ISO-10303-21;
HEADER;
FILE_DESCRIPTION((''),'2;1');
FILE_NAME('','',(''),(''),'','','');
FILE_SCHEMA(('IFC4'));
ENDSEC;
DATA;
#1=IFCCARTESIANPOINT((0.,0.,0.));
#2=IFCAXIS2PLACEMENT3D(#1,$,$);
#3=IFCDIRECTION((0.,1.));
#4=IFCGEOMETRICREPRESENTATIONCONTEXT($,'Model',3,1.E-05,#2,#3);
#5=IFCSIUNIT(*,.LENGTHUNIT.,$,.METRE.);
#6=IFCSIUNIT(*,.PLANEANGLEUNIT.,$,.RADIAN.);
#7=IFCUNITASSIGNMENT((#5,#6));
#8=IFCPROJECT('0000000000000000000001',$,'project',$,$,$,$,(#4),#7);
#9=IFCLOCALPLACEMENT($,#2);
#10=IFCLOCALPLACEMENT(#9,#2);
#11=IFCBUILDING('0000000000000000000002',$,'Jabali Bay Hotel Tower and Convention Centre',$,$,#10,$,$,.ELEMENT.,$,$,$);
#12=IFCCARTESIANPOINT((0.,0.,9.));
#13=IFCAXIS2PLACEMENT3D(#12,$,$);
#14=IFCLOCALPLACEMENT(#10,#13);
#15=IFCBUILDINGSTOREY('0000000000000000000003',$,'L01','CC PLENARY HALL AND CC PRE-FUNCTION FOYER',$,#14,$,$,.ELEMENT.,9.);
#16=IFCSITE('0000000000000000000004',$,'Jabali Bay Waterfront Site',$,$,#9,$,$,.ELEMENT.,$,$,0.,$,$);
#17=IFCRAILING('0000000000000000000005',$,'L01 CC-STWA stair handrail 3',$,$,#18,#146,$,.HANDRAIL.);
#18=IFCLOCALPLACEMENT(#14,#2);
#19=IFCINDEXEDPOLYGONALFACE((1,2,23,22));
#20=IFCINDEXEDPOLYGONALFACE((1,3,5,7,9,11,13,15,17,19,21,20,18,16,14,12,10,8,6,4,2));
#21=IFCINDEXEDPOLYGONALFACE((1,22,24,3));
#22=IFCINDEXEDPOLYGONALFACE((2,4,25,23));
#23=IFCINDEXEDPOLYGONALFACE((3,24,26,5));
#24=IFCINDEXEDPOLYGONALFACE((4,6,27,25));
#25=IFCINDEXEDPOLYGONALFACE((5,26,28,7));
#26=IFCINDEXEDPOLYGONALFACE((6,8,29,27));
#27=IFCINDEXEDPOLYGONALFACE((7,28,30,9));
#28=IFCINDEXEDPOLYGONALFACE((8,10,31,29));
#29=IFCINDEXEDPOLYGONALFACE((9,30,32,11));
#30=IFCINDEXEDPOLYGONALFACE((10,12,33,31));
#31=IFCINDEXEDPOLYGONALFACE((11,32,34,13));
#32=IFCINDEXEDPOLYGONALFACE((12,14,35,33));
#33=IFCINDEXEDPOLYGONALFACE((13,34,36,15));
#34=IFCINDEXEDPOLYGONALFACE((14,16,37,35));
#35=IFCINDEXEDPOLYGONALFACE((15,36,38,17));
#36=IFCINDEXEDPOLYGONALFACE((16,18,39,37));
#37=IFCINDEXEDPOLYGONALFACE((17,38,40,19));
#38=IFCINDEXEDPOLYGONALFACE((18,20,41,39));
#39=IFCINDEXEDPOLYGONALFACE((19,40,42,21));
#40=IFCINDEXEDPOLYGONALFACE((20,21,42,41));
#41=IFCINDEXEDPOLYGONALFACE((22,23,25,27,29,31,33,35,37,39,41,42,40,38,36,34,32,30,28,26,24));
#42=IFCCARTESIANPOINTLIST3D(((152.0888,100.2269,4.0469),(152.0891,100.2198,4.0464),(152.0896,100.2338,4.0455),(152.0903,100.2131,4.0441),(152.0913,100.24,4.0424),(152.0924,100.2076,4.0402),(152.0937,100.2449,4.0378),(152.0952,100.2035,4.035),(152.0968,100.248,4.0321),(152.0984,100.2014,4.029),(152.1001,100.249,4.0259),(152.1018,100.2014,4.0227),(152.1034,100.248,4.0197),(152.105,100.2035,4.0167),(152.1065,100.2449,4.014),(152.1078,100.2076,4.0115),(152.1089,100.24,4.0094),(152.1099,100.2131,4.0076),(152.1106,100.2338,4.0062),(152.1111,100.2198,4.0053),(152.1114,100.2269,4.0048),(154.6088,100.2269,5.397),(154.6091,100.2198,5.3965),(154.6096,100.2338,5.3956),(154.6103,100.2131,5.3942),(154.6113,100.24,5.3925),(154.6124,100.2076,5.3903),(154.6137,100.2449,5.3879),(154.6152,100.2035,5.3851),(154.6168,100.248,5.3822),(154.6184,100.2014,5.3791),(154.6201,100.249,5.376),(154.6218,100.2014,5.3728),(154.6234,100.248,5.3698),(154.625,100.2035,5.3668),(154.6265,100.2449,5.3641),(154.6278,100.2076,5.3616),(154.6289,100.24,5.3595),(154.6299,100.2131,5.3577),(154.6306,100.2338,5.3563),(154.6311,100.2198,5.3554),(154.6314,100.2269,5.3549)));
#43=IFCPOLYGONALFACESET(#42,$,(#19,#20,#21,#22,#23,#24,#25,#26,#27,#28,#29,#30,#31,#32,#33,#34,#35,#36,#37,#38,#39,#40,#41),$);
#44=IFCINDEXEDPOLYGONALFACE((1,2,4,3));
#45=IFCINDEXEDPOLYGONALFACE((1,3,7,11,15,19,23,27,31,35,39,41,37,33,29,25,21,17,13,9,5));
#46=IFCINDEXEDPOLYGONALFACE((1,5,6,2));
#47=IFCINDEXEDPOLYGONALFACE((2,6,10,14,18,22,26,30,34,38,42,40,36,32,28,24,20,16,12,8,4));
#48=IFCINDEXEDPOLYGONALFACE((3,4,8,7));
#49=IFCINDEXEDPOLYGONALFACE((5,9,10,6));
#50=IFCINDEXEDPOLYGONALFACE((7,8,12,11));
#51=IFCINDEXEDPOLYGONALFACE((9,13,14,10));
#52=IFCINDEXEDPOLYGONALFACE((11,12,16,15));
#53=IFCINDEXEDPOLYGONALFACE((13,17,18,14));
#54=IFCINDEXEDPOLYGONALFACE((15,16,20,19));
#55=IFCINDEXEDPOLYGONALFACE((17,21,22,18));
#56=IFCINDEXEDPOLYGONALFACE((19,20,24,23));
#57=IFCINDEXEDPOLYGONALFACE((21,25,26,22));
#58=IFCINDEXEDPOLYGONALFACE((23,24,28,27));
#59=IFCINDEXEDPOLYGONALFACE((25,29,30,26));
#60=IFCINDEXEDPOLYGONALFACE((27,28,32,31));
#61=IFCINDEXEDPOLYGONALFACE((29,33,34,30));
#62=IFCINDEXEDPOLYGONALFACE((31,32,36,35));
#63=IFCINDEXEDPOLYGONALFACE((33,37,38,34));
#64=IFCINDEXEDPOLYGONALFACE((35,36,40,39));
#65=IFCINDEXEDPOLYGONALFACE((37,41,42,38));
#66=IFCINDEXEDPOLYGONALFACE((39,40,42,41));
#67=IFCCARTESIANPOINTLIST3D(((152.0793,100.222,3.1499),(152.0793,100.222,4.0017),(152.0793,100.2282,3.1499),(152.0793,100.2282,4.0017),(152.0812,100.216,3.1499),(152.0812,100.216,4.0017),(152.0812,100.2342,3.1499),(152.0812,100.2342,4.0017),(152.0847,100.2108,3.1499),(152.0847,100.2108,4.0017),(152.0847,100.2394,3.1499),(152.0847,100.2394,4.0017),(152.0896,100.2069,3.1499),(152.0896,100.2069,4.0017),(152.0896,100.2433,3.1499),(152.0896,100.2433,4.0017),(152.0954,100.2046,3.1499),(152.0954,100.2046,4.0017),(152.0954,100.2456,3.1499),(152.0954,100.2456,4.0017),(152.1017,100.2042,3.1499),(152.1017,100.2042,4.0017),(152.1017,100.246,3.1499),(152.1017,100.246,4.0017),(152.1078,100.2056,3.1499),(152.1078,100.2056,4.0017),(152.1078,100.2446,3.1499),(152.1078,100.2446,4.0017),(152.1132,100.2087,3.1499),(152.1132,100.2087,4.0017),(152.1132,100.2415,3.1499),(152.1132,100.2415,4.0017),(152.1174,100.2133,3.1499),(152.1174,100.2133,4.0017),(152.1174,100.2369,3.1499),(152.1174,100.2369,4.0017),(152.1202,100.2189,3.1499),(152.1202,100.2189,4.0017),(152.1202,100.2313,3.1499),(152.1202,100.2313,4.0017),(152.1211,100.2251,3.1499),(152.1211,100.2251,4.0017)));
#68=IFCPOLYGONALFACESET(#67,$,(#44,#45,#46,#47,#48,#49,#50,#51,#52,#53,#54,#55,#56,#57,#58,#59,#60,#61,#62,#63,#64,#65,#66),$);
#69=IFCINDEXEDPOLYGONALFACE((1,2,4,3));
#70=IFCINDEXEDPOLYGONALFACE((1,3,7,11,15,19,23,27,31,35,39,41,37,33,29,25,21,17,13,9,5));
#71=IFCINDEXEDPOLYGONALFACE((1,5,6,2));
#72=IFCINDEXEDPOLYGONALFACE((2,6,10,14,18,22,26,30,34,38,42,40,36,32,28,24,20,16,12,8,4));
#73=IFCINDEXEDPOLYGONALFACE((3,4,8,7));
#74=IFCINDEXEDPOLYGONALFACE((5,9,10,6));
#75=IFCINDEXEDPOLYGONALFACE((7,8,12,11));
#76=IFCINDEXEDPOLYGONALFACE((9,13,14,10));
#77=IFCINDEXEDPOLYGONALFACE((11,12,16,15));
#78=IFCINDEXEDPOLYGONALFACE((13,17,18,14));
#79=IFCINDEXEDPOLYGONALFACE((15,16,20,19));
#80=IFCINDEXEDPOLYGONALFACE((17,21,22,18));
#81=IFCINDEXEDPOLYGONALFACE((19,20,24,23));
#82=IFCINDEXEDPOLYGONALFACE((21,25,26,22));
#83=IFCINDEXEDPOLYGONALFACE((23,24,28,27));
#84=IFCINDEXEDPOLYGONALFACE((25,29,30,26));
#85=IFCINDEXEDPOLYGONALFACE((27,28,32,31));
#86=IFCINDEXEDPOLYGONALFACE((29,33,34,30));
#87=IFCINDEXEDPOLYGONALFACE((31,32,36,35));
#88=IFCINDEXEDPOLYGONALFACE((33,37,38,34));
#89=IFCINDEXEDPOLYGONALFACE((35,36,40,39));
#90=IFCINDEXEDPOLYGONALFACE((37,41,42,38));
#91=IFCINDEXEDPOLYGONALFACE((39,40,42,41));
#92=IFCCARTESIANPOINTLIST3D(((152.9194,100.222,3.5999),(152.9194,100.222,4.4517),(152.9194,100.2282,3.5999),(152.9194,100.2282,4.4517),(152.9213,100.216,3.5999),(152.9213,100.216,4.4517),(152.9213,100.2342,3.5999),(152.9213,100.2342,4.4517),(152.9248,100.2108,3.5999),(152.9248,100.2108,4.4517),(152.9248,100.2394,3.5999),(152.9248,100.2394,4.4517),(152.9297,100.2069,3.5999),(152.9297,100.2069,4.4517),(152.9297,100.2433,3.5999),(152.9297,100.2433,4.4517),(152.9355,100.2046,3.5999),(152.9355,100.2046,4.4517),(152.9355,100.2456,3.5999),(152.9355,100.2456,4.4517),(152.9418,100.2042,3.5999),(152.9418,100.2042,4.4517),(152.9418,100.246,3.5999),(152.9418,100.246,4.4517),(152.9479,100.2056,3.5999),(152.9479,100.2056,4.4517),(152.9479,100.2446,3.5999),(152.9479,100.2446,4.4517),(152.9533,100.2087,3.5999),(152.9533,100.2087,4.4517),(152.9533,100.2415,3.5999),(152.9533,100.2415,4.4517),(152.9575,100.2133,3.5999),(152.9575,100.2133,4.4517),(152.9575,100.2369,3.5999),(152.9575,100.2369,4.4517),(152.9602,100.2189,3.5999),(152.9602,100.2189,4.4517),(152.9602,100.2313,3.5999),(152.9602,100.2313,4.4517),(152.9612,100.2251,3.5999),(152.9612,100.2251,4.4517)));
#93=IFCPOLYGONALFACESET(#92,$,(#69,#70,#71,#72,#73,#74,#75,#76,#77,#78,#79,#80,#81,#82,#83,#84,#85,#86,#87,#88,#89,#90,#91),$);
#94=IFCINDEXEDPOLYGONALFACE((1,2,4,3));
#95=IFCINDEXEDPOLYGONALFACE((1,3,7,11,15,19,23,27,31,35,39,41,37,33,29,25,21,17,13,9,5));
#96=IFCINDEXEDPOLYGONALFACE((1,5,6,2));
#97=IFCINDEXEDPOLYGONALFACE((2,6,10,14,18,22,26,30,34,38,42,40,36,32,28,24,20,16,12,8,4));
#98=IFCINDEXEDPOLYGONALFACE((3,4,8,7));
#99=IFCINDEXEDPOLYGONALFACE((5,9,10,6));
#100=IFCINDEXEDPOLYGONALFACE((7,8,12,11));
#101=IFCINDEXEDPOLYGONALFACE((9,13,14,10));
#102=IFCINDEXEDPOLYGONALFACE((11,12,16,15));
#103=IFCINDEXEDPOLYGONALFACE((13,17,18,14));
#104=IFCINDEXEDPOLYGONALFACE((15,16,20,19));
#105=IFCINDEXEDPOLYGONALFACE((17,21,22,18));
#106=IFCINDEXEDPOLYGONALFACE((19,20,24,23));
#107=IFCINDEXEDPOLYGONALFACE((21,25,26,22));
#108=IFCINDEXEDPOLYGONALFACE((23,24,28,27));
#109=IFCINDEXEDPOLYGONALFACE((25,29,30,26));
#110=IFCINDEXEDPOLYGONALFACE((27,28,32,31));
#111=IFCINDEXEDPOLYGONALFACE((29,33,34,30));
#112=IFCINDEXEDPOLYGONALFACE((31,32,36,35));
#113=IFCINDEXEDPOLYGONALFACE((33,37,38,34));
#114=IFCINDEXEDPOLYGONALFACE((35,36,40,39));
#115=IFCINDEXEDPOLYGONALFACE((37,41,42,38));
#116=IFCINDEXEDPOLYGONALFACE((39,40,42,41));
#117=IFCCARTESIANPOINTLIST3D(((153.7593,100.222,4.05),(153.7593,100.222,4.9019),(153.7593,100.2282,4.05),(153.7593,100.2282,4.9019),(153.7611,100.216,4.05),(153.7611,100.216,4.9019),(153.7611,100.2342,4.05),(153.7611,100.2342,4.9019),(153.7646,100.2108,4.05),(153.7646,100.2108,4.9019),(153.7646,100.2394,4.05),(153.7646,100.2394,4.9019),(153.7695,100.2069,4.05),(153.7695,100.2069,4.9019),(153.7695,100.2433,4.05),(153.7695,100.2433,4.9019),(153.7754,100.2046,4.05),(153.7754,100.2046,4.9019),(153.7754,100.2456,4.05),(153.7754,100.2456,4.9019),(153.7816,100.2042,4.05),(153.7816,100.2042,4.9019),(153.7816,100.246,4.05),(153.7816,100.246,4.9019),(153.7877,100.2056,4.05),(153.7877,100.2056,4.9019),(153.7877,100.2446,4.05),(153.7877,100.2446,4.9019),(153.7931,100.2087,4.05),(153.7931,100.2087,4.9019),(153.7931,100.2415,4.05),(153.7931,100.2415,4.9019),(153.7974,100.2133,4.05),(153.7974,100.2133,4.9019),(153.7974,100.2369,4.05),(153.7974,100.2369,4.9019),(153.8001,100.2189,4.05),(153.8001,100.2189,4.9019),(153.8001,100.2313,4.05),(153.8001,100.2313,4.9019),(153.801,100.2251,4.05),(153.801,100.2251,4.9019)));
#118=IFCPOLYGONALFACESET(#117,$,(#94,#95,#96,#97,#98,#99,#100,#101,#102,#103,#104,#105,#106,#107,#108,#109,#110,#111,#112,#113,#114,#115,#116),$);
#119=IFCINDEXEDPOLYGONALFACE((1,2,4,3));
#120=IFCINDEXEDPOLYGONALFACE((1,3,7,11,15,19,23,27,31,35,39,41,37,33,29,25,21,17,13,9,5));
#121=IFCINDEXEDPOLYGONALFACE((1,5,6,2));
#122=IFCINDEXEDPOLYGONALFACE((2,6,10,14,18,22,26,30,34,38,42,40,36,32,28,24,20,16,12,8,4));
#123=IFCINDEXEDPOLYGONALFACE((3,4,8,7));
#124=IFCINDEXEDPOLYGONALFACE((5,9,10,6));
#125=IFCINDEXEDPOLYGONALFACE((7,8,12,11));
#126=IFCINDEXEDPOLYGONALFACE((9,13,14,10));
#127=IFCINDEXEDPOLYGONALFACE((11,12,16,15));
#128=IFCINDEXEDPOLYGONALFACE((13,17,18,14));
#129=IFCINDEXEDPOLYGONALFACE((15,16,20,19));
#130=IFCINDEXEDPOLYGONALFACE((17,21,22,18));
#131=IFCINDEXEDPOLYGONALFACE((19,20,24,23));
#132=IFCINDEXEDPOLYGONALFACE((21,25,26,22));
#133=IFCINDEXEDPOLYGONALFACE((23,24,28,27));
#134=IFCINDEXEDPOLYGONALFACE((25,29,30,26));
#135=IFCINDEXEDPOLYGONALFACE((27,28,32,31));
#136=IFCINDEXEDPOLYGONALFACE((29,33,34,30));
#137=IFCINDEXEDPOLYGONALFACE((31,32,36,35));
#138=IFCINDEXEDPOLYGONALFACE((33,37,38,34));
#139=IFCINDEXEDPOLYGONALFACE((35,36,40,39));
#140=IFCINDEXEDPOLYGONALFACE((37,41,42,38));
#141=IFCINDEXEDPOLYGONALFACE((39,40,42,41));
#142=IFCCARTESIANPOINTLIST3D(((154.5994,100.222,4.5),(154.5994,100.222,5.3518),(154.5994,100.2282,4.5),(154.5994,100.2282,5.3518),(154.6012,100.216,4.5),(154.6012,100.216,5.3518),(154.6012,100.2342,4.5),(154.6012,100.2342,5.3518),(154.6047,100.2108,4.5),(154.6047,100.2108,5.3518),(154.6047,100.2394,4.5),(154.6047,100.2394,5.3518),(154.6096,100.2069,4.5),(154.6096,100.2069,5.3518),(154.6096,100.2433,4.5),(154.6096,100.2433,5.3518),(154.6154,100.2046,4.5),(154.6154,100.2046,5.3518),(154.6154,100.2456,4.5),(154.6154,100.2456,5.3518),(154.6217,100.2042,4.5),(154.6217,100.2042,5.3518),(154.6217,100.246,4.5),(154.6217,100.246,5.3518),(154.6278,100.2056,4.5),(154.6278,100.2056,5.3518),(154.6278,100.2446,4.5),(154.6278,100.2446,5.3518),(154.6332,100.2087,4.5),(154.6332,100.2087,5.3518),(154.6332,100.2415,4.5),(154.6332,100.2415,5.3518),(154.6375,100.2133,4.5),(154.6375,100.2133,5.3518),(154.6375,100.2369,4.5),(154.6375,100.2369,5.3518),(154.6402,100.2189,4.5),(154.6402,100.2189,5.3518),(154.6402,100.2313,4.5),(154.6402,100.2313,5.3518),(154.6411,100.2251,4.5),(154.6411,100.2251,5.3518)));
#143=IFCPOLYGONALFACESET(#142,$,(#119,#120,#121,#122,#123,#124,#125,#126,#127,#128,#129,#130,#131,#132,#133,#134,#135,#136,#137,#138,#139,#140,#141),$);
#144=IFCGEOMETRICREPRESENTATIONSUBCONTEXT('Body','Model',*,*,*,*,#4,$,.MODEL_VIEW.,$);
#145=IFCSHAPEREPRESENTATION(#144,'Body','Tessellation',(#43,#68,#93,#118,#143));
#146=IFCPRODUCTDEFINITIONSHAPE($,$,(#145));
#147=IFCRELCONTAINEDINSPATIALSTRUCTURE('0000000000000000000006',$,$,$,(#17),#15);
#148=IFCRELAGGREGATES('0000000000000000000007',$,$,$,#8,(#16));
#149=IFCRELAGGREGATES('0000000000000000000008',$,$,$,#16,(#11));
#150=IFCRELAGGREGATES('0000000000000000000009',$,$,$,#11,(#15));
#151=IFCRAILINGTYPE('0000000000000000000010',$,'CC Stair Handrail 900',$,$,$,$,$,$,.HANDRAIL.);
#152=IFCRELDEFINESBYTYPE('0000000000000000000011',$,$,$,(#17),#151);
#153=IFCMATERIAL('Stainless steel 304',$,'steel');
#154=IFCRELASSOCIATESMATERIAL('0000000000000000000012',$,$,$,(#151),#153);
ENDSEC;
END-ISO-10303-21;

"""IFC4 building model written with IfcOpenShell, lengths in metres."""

from ifc_helpers import new_model, si_unit, direction, frame, origin, origin_2d, place, context, subcontext, project, spatial, circle, extrude, material, type_object, element, save


model = new_model("IFC4")

# Units and contexts
model_context = context("Model", 3, precision=1e-05, world=origin(), true_north=direction((0.0, 1.0)))
body_context = subcontext(model_context, "Body", "Model", "MODEL_VIEW")
ifc_project = project(units=[si_unit("LENGTHUNIT", "METRE"), si_unit("PLANEANGLEUNIT", "RADIAN")], contexts=[model_context])

# Site, building, storey
site_placement = place(None, origin())
site = spatial("IfcSite", under=ifc_project, at=site_placement, Name="Jabali Bay Waterfront Site", CompositionType="ELEMENT", RefElevation=0.0)
building_placement = place(site_placement, origin())
building = spatial("IfcBuilding", under=site, at=building_placement, Name="Jabali Bay Hotel Tower and Convention Centre", CompositionType="ELEMENT")
storey_placement = place(building_placement, frame((0.0, 0.0, 9.0)))
storey = spatial("IfcBuildingStorey", under=building, at=storey_placement, Name="L01", Description="CC PLENARY HALL AND CC PRE-FUNCTION FOYER", CompositionType="ELEMENT", Elevation=9.0)

# Railing
ifc_material_1 = material(Name="Stainless steel 304", Category="steel")
railing_type_1 = type_object("IfcRailingType", Name="CC Stair Handrail 900", PredefinedType="HANDRAIL", material=ifc_material_1)
for number, where, name in (
    (1, (152.1001, 100.2251, 3.1499), "L01 CC-STWA stair handrail 3"),
):
    element("IfcRailing", number, at=place(storey_placement, frame(where)), inside=storey, type_object=railing_type_1, Name=name, PredefinedType="HANDRAIL", context=body_context, shape_type="SweptSolid", body=[
        extrude(circle(Radius=0.0239, at=origin_2d()), frame((0.0, 0.0, 0.876), z_axis=(0.881467, 0.0, 0.472245), x_axis=(0.0, 1.0, 0.0)), (0.0, 0.0, 1.0), 2.8589),
        extrude(circle(Radius=0.021, at=origin_2d()), origin(), (0.0, 0.0, 1.0), 0.8518),
        extrude(circle(Radius=0.021, at=origin_2d()), frame((0.8401, 0.0, 0.45)), (0.0, 0.0, 1.0), 0.8518),
        extrude(circle(Radius=0.021, at=origin_2d()), frame((1.6799, 0.0, 0.9001)), (0.0, 0.0, 1.0), 0.8518),
        extrude(circle(Radius=0.021, at=origin_2d()), frame((2.52, 0.0, 1.3501)), (0.0, 0.0, 1.0), 0.8518),
    ])

save(model, "model.ifc")
